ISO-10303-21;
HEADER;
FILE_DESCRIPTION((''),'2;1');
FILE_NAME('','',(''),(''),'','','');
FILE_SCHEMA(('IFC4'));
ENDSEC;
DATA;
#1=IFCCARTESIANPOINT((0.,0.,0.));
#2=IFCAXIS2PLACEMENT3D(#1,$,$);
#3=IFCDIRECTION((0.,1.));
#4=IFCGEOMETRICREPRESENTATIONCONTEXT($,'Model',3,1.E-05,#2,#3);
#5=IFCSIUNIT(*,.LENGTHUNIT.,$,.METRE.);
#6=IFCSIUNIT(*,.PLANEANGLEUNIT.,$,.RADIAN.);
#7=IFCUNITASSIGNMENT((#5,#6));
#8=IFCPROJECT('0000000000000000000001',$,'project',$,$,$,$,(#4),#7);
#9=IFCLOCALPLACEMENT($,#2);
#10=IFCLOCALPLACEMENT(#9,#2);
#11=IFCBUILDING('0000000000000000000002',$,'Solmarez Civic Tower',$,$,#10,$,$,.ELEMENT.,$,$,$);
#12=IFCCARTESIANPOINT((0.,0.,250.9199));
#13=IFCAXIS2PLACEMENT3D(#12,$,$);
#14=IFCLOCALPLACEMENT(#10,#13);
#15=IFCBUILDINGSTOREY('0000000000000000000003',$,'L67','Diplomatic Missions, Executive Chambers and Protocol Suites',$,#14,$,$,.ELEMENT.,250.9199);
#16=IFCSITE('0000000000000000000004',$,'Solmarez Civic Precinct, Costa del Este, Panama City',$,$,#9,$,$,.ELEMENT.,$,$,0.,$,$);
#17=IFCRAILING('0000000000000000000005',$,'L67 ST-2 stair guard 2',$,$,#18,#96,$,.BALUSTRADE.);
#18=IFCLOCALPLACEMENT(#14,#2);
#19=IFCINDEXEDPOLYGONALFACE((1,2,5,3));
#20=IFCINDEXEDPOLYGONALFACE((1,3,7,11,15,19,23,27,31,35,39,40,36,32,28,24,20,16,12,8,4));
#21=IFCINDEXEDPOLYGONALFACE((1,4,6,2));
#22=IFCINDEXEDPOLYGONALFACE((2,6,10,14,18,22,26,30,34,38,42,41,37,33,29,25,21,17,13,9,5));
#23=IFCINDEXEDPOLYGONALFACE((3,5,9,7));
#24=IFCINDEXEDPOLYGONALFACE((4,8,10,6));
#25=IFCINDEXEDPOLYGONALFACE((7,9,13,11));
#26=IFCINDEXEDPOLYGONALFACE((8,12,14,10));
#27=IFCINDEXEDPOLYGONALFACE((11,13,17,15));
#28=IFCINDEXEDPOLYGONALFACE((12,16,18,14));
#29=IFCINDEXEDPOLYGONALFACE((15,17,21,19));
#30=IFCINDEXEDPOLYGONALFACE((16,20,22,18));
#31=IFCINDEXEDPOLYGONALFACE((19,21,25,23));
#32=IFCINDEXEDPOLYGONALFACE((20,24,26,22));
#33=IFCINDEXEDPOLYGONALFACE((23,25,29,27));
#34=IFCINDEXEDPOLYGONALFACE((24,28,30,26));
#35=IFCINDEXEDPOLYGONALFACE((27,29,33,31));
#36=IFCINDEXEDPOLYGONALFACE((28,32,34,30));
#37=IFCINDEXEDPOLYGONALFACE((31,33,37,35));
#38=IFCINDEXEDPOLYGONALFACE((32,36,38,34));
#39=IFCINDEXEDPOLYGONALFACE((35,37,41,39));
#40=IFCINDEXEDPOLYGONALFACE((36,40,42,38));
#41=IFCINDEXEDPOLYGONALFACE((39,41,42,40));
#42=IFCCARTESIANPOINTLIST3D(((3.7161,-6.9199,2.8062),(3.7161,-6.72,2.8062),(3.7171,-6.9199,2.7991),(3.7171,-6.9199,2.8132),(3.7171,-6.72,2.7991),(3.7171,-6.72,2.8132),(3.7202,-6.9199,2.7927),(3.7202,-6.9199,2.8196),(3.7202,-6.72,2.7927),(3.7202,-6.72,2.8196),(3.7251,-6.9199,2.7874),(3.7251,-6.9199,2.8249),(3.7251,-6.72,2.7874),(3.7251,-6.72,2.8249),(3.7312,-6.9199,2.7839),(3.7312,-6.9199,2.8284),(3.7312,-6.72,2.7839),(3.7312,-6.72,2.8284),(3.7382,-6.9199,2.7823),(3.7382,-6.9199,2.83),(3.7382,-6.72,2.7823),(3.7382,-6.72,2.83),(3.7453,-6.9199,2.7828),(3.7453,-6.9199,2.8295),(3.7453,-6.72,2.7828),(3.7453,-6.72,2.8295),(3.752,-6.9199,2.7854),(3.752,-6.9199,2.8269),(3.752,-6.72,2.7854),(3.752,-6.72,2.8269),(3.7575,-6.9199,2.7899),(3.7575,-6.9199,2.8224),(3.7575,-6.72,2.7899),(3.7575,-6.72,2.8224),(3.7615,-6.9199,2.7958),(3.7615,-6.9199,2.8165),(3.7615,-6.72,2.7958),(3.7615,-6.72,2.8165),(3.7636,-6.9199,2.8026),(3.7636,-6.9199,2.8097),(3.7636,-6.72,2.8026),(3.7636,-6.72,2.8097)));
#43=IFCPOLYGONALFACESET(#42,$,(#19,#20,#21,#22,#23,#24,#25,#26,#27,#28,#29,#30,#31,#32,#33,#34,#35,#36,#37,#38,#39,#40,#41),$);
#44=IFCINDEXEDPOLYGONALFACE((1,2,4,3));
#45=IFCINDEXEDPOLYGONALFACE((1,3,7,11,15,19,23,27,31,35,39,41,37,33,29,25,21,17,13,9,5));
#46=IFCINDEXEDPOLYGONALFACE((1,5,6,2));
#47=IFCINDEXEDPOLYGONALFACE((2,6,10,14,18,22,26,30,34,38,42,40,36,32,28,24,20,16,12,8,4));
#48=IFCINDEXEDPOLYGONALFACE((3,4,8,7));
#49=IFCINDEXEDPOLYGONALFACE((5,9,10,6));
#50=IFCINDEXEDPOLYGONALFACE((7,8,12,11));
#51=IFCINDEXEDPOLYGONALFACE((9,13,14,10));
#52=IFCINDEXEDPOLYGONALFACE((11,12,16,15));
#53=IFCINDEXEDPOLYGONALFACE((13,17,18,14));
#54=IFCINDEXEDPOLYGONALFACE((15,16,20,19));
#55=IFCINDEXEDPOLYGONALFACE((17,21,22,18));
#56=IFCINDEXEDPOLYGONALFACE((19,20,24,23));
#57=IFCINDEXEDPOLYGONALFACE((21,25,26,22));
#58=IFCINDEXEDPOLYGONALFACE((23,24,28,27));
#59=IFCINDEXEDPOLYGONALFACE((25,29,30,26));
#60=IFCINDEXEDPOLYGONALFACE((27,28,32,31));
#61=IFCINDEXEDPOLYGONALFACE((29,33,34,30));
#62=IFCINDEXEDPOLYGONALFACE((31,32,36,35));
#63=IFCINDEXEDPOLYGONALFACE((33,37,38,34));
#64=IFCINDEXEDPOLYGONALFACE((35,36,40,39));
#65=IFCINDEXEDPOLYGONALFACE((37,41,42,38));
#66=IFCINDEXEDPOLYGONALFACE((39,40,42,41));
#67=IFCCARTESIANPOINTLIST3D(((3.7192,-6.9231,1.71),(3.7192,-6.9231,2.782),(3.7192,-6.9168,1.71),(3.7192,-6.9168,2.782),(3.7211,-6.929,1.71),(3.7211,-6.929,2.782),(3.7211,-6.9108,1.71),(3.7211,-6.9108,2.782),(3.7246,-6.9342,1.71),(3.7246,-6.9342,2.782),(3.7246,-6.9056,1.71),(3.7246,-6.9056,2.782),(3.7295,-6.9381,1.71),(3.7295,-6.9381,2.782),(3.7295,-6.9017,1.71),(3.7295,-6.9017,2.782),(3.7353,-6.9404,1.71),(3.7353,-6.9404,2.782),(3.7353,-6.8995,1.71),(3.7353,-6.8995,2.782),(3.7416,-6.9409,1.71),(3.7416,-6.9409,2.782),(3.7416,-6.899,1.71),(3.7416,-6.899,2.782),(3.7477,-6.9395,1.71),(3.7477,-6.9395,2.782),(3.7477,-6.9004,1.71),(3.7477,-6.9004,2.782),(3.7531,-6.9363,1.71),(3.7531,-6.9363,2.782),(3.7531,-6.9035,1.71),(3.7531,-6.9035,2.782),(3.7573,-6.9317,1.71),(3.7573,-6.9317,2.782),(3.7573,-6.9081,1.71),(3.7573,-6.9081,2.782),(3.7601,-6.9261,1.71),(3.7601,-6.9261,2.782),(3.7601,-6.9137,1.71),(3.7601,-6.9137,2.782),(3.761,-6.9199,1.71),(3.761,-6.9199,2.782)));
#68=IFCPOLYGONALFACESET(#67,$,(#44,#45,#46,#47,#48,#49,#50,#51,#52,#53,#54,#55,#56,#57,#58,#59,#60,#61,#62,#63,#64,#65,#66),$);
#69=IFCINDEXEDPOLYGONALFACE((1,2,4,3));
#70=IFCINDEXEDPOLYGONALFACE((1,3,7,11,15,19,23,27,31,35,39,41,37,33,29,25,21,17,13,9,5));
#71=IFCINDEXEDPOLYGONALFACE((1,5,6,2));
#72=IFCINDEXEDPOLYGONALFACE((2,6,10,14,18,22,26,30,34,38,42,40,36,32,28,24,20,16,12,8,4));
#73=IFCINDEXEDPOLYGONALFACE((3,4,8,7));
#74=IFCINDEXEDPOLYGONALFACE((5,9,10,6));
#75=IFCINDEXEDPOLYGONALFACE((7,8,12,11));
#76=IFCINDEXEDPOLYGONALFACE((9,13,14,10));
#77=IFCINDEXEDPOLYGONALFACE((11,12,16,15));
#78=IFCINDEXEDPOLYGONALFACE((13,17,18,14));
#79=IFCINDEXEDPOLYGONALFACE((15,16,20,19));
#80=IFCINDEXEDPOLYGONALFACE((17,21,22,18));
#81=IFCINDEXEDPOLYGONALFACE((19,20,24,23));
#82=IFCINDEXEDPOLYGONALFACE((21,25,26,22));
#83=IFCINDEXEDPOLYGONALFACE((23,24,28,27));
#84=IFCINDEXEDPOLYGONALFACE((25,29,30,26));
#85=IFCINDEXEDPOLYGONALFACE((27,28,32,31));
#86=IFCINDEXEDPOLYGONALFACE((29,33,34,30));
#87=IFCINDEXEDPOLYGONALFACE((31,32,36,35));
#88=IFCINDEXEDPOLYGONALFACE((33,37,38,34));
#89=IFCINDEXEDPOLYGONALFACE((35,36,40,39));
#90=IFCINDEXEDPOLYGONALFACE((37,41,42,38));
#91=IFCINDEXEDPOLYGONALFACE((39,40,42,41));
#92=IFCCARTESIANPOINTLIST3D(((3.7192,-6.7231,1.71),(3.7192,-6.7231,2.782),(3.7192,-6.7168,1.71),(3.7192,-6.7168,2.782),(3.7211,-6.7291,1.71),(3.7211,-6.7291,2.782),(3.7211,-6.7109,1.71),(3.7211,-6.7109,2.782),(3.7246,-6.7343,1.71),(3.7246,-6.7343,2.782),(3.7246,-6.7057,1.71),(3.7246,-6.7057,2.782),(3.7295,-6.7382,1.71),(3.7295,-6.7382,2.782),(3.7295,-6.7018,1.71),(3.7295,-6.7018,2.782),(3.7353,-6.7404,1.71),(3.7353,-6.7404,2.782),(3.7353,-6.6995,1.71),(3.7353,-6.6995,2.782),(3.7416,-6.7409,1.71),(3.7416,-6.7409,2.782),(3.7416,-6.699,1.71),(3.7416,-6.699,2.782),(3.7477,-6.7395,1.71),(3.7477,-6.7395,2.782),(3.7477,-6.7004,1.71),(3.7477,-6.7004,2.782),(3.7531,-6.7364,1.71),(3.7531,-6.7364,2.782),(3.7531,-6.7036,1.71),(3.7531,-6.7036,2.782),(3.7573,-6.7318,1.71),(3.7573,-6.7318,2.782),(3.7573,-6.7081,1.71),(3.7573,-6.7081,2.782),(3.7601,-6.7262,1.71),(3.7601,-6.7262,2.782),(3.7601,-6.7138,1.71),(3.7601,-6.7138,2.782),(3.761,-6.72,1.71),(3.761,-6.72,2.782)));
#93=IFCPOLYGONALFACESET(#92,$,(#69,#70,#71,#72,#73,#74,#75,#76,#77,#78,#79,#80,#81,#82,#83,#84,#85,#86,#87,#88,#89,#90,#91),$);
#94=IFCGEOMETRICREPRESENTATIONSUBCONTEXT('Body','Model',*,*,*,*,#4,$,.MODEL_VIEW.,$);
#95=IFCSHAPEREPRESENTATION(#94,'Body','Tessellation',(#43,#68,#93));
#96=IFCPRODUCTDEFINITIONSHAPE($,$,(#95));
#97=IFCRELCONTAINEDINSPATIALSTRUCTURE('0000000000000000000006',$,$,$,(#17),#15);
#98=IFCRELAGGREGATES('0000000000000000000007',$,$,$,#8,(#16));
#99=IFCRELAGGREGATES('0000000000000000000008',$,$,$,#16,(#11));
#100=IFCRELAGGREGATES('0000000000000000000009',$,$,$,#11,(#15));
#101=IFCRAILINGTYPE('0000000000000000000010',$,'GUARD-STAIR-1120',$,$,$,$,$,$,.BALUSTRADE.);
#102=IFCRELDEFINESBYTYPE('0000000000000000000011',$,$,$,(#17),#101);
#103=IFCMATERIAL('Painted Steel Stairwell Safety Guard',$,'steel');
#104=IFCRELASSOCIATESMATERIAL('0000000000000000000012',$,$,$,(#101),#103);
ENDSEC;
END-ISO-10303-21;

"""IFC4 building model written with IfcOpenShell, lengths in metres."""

from ifc_helpers import new_model, si_unit, direction, frame, origin, origin_2d, place, context, subcontext, project, spatial, circle, extrude, material, type_object, element, save


model = new_model("IFC4")

# Units and contexts
model_context = context("Model", 3, precision=1e-05, world=origin(), true_north=direction((0.0, 1.0)))
body_context = subcontext(model_context, "Body", "Model", "MODEL_VIEW")
ifc_project = project(units=[si_unit("LENGTHUNIT", "METRE"), si_unit("PLANEANGLEUNIT", "RADIAN")], contexts=[model_context])

# Site, building, storey
site_placement = place(None, origin())
site = spatial("IfcSite", under=ifc_project, at=site_placement, Name="Solmarez Civic Precinct, Costa del Este, Panama City", CompositionType="ELEMENT", RefElevation=0.0)
building_placement = place(site_placement, origin())
building = spatial("IfcBuilding", under=site, at=building_placement, Name="Solmarez Civic Tower", CompositionType="ELEMENT")
storey_placement = place(building_placement, frame((0.0, 0.0, 250.9199)))
storey = spatial("IfcBuildingStorey", under=building, at=storey_placement, Name="L67", Description="Diplomatic Missions, Executive Chambers and Protocol Suites", CompositionType="ELEMENT", Elevation=250.9199)

# Railing
ifc_material_1 = material(Name="Painted Steel Stairwell Safety Guard", Category="steel")
railing_type_1 = type_object("IfcRailingType", Name="GUARD-STAIR-1120", PredefinedType="BALUSTRADE", material=ifc_material_1)
railing_1_placement = place(storey_placement, frame((3.74, -6.9199, 1.71)))
element("IfcRailing", 1, at=railing_1_placement, inside=storey, type_object=railing_type_1, Name="L67 ST-2 stair guard 2", PredefinedType="BALUSTRADE", context=body_context, shape_type="SweptSolid", body=[
    extrude(circle(Radius=0.0239, at=origin_2d()), frame((0.0, 0.0, 1.0962), z_axis=(0.0, 1.0, 0.0), x_axis=(-1.0, 0.0, 0.0)), (0.0, 0.0, 1.0), 0.2),
    extrude(circle(Radius=0.021, at=origin_2d()), origin(), (0.0, 0.0, 1.0), 1.072),
    extrude(circle(Radius=0.021, at=origin_2d()), frame((0.0, 0.2, 0.0)), (0.0, 0.0, 1.0), 1.072),
])

save(model, "model.ifc")
